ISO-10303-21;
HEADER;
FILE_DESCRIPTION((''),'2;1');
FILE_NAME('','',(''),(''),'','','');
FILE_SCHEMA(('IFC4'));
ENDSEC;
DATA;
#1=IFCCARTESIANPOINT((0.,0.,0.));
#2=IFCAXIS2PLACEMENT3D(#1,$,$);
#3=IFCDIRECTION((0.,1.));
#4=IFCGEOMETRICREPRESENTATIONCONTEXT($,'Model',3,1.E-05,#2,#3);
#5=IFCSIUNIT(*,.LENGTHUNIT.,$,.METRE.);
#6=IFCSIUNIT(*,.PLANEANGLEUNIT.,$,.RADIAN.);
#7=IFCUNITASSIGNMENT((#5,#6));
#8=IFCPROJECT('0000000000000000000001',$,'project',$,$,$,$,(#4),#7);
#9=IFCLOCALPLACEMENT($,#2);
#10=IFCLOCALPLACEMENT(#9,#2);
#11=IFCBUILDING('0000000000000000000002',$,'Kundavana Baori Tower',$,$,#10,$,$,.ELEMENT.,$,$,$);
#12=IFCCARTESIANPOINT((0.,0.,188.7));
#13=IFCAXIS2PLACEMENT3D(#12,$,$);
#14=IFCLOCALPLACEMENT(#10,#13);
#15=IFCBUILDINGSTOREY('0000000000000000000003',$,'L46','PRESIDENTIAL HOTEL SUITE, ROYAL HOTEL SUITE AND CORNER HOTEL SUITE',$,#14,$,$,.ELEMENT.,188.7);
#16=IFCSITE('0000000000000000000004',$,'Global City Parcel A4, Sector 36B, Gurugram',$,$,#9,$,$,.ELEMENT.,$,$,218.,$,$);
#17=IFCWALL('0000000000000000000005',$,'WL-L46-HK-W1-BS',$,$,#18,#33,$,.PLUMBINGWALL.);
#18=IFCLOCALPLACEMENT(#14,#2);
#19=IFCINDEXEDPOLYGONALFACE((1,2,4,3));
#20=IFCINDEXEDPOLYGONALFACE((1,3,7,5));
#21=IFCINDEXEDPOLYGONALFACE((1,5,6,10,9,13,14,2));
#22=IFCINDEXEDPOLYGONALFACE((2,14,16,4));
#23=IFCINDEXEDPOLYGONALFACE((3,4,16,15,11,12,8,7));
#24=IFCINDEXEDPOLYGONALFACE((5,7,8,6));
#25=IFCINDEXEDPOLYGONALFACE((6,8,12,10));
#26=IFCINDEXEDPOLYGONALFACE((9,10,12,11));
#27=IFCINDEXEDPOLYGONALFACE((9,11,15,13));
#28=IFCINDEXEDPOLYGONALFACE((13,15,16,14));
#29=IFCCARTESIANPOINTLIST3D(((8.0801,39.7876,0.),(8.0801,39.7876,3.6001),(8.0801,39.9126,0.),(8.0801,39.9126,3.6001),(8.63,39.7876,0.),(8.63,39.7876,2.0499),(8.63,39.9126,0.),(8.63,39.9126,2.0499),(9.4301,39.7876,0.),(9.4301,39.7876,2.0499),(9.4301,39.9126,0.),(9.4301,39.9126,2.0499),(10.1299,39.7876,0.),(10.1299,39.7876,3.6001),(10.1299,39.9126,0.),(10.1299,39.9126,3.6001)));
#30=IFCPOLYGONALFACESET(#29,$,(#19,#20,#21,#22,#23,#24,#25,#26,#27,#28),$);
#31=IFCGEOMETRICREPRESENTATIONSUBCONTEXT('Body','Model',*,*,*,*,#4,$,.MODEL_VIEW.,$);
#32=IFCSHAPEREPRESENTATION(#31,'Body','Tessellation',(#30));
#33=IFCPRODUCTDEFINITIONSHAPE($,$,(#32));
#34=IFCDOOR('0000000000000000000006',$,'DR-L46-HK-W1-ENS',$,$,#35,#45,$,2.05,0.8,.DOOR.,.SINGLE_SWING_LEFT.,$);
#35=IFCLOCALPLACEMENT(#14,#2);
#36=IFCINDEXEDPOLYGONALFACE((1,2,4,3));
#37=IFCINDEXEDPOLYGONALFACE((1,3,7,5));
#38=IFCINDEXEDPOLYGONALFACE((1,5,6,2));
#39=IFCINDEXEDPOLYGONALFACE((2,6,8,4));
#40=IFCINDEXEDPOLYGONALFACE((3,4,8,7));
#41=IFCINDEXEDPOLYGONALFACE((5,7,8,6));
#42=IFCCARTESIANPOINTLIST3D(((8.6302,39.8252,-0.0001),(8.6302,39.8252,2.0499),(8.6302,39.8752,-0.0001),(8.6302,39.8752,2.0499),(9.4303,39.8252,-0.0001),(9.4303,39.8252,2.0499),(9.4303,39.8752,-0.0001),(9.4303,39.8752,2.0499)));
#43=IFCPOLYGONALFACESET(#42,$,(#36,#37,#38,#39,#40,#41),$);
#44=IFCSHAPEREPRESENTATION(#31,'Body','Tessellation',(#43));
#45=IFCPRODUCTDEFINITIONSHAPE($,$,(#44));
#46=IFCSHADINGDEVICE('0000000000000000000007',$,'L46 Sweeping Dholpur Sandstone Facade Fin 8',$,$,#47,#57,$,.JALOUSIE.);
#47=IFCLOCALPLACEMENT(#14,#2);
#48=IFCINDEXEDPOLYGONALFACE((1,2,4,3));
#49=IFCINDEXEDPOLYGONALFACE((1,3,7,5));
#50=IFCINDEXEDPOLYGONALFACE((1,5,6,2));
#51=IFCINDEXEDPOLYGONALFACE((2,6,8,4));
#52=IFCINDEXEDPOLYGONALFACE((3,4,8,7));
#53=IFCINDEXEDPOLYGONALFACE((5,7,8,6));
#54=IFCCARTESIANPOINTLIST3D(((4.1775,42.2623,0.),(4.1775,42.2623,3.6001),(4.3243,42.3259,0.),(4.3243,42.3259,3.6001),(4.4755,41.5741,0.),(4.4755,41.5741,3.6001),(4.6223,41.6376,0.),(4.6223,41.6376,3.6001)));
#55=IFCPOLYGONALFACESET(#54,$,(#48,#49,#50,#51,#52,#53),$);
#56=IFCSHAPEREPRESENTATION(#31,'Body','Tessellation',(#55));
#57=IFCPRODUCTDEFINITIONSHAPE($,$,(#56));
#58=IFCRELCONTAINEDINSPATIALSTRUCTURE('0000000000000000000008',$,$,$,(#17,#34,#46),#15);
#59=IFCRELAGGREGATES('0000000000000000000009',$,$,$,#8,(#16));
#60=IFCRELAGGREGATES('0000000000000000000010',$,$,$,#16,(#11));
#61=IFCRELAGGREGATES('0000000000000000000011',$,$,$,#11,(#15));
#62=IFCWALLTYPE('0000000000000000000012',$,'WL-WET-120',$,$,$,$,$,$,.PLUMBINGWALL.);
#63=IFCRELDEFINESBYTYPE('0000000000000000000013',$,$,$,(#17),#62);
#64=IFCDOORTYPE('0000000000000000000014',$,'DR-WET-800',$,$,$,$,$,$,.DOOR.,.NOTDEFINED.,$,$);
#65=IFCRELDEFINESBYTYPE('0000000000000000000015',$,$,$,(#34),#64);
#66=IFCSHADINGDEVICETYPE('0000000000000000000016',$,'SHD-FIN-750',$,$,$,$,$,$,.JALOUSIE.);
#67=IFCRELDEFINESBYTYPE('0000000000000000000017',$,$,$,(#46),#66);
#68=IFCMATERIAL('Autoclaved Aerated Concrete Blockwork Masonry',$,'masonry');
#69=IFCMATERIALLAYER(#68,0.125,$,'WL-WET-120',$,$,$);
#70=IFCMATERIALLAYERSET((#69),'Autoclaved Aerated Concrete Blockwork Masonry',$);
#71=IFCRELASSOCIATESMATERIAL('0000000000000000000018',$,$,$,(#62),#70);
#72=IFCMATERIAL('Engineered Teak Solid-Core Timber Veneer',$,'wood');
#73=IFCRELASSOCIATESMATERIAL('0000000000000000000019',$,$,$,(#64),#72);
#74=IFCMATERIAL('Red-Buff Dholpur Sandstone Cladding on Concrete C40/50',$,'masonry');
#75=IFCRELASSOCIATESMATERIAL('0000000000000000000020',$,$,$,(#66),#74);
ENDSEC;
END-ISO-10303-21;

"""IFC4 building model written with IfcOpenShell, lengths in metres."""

from ifc_helpers import new_model, si_unit, direction, frame, frame_2d, origin, origin_2d, place, context, subcontext, project, spatial, rectangle, extrude, material, layer, layer_set, type_object, element, fill, save


model = new_model("IFC4")

# Units and contexts
model_context = context("Model", 3, precision=1e-05, world=origin(), true_north=direction((0.0, 1.0)))
body_context = subcontext(model_context, "Body", "Model", "MODEL_VIEW")
ifc_project = project(units=[si_unit("LENGTHUNIT", "METRE"), si_unit("PLANEANGLEUNIT", "RADIAN")], contexts=[model_context])

# Site, building, storey
site_placement = place(None, origin())
site = spatial("IfcSite", under=ifc_project, at=site_placement, Name="Global City Parcel A4, Sector 36B, Gurugram", CompositionType="ELEMENT", RefElevation=218.0)
building_placement = place(site_placement, origin())
building = spatial("IfcBuilding", under=site, at=building_placement, Name="Kundavana Baori Tower", CompositionType="ELEMENT")
storey_placement = place(building_placement, frame((0.0, 0.0, 188.7)))
storey = spatial("IfcBuildingStorey", under=building, at=storey_placement, Name="L46", Description="PRESIDENTIAL HOTEL SUITE, ROYAL HOTEL SUITE AND CORNER HOTEL SUITE", CompositionType="ELEMENT", Elevation=188.7)

# Shared definitions
ifc_material_1 = material(Name="Autoclaved Aerated Concrete Blockwork Masonry", Category="masonry")
ifc_layer_1 = layer(ifc_material_1, 0.125, Name="WL-WET-120")
ifc_layer_set_1 = layer_set([ifc_layer_1], Name="Autoclaved Aerated Concrete Blockwork Masonry")
wall_type_1 = type_object("IfcWallType", Name="WL-WET-120", PredefinedType="PLUMBINGWALL", material=ifc_layer_set_1)

# Wall, opening, door
wall_1_placement = place(storey_placement, frame((8.0801, 39.8501, 0.0), z_axis=(0.0, 0.0, 1.0), x_axis=(1.0, 0.0, 0.0)))
wall_1 = element("IfcWall", 1, at=wall_1_placement, inside=storey, type_object=wall_type_1, Name="WL-L46-HK-W1-BS", PredefinedType="PLUMBINGWALL", context=body_context, shape_type="SweptSolid", body=[
    extrude(rectangle(XDim=2.0498, YDim=0.125, at=frame_2d((1.0249, 0.0))), origin(), (0.0, 0.0, 1.0), 3.6001),
])
opening_1_placement = place(wall_1_placement, frame((0.55, 0.0, 0.0)))
opening_1 = element("IfcOpeningElement", 2, at=opening_1_placement, cuts=wall_1, PredefinedType="OPENING", context=body_context, shape_type="SweptSolid", body=[
    extrude(rectangle(XDim=0.8, YDim=2.05, at=frame_2d((0.3999, 1.0249))), frame((0.0, 0.0725, 0.0), z_axis=(0.0, -1.0, 0.0), x_axis=(1.0, 0.0, 0.0)), (0.0, 0.0, 1.0), 0.145),
])
ifc_material_2 = material(Name="Engineered Teak Solid-Core Timber Veneer", Category="wood")
door_type_1 = type_object("IfcDoorType", Name="DR-WET-800", OperationType="NOTDEFINED", PredefinedType="DOOR", material=ifc_material_2)
door_1_placement = place(opening_1_placement, frame((0.8, 0.0, 0.0), z_axis=(0.0, 0.0, 1.0), x_axis=(-1.0, 0.0, 0.0)))
door_1 = element("IfcDoor", 3, at=door_1_placement, inside=storey, type_object=door_type_1, Name="DR-L46-HK-W1-ENS", OperationType="SINGLE_SWING_LEFT", OverallHeight=2.05, OverallWidth=0.8, PredefinedType="DOOR", context=body_context, shape_type="SweptSolid", body=[
    extrude(rectangle(XDim=0.8, YDim=2.05, at=frame_2d((0.3999, 1.0249))), frame((0.0, 0.0249, 0.0), z_axis=(0.0, -1.0, 0.0), x_axis=(1.0, 0.0, 0.0)), (0.0, 0.0, 1.0), 0.05),
])
fill(opening_1, door_1)

# Shading device
ifc_material_3 = material(Name="Red-Buff Dholpur Sandstone Cladding on Concrete C40/50", Category="masonry")
shading_device_type = type_object("IfcShadingDeviceType", Name="SHD-FIN-750", PredefinedType="JALOUSIE", material=ifc_material_3)
shading_device_placement = place(storey_placement, frame((4.3999, 41.95, 0.0), z_axis=(0.0, 0.0, 1.0), x_axis=(0.917685, 0.397308, 0.0)))
element("IfcShadingDevice", 4, at=shading_device_placement, inside=storey, type_object=shading_device_type, Name="L46 Sweeping Dholpur Sandstone Facade Fin 8", PredefinedType="JALOUSIE", context=body_context, shape_type="SweptSolid", body=[
    extrude(rectangle(XDim=0.1599, YDim=0.75, at=origin_2d()), origin(), (0.0, 0.0, 1.0), 3.6001),
])

save(model, "model.ifc")
